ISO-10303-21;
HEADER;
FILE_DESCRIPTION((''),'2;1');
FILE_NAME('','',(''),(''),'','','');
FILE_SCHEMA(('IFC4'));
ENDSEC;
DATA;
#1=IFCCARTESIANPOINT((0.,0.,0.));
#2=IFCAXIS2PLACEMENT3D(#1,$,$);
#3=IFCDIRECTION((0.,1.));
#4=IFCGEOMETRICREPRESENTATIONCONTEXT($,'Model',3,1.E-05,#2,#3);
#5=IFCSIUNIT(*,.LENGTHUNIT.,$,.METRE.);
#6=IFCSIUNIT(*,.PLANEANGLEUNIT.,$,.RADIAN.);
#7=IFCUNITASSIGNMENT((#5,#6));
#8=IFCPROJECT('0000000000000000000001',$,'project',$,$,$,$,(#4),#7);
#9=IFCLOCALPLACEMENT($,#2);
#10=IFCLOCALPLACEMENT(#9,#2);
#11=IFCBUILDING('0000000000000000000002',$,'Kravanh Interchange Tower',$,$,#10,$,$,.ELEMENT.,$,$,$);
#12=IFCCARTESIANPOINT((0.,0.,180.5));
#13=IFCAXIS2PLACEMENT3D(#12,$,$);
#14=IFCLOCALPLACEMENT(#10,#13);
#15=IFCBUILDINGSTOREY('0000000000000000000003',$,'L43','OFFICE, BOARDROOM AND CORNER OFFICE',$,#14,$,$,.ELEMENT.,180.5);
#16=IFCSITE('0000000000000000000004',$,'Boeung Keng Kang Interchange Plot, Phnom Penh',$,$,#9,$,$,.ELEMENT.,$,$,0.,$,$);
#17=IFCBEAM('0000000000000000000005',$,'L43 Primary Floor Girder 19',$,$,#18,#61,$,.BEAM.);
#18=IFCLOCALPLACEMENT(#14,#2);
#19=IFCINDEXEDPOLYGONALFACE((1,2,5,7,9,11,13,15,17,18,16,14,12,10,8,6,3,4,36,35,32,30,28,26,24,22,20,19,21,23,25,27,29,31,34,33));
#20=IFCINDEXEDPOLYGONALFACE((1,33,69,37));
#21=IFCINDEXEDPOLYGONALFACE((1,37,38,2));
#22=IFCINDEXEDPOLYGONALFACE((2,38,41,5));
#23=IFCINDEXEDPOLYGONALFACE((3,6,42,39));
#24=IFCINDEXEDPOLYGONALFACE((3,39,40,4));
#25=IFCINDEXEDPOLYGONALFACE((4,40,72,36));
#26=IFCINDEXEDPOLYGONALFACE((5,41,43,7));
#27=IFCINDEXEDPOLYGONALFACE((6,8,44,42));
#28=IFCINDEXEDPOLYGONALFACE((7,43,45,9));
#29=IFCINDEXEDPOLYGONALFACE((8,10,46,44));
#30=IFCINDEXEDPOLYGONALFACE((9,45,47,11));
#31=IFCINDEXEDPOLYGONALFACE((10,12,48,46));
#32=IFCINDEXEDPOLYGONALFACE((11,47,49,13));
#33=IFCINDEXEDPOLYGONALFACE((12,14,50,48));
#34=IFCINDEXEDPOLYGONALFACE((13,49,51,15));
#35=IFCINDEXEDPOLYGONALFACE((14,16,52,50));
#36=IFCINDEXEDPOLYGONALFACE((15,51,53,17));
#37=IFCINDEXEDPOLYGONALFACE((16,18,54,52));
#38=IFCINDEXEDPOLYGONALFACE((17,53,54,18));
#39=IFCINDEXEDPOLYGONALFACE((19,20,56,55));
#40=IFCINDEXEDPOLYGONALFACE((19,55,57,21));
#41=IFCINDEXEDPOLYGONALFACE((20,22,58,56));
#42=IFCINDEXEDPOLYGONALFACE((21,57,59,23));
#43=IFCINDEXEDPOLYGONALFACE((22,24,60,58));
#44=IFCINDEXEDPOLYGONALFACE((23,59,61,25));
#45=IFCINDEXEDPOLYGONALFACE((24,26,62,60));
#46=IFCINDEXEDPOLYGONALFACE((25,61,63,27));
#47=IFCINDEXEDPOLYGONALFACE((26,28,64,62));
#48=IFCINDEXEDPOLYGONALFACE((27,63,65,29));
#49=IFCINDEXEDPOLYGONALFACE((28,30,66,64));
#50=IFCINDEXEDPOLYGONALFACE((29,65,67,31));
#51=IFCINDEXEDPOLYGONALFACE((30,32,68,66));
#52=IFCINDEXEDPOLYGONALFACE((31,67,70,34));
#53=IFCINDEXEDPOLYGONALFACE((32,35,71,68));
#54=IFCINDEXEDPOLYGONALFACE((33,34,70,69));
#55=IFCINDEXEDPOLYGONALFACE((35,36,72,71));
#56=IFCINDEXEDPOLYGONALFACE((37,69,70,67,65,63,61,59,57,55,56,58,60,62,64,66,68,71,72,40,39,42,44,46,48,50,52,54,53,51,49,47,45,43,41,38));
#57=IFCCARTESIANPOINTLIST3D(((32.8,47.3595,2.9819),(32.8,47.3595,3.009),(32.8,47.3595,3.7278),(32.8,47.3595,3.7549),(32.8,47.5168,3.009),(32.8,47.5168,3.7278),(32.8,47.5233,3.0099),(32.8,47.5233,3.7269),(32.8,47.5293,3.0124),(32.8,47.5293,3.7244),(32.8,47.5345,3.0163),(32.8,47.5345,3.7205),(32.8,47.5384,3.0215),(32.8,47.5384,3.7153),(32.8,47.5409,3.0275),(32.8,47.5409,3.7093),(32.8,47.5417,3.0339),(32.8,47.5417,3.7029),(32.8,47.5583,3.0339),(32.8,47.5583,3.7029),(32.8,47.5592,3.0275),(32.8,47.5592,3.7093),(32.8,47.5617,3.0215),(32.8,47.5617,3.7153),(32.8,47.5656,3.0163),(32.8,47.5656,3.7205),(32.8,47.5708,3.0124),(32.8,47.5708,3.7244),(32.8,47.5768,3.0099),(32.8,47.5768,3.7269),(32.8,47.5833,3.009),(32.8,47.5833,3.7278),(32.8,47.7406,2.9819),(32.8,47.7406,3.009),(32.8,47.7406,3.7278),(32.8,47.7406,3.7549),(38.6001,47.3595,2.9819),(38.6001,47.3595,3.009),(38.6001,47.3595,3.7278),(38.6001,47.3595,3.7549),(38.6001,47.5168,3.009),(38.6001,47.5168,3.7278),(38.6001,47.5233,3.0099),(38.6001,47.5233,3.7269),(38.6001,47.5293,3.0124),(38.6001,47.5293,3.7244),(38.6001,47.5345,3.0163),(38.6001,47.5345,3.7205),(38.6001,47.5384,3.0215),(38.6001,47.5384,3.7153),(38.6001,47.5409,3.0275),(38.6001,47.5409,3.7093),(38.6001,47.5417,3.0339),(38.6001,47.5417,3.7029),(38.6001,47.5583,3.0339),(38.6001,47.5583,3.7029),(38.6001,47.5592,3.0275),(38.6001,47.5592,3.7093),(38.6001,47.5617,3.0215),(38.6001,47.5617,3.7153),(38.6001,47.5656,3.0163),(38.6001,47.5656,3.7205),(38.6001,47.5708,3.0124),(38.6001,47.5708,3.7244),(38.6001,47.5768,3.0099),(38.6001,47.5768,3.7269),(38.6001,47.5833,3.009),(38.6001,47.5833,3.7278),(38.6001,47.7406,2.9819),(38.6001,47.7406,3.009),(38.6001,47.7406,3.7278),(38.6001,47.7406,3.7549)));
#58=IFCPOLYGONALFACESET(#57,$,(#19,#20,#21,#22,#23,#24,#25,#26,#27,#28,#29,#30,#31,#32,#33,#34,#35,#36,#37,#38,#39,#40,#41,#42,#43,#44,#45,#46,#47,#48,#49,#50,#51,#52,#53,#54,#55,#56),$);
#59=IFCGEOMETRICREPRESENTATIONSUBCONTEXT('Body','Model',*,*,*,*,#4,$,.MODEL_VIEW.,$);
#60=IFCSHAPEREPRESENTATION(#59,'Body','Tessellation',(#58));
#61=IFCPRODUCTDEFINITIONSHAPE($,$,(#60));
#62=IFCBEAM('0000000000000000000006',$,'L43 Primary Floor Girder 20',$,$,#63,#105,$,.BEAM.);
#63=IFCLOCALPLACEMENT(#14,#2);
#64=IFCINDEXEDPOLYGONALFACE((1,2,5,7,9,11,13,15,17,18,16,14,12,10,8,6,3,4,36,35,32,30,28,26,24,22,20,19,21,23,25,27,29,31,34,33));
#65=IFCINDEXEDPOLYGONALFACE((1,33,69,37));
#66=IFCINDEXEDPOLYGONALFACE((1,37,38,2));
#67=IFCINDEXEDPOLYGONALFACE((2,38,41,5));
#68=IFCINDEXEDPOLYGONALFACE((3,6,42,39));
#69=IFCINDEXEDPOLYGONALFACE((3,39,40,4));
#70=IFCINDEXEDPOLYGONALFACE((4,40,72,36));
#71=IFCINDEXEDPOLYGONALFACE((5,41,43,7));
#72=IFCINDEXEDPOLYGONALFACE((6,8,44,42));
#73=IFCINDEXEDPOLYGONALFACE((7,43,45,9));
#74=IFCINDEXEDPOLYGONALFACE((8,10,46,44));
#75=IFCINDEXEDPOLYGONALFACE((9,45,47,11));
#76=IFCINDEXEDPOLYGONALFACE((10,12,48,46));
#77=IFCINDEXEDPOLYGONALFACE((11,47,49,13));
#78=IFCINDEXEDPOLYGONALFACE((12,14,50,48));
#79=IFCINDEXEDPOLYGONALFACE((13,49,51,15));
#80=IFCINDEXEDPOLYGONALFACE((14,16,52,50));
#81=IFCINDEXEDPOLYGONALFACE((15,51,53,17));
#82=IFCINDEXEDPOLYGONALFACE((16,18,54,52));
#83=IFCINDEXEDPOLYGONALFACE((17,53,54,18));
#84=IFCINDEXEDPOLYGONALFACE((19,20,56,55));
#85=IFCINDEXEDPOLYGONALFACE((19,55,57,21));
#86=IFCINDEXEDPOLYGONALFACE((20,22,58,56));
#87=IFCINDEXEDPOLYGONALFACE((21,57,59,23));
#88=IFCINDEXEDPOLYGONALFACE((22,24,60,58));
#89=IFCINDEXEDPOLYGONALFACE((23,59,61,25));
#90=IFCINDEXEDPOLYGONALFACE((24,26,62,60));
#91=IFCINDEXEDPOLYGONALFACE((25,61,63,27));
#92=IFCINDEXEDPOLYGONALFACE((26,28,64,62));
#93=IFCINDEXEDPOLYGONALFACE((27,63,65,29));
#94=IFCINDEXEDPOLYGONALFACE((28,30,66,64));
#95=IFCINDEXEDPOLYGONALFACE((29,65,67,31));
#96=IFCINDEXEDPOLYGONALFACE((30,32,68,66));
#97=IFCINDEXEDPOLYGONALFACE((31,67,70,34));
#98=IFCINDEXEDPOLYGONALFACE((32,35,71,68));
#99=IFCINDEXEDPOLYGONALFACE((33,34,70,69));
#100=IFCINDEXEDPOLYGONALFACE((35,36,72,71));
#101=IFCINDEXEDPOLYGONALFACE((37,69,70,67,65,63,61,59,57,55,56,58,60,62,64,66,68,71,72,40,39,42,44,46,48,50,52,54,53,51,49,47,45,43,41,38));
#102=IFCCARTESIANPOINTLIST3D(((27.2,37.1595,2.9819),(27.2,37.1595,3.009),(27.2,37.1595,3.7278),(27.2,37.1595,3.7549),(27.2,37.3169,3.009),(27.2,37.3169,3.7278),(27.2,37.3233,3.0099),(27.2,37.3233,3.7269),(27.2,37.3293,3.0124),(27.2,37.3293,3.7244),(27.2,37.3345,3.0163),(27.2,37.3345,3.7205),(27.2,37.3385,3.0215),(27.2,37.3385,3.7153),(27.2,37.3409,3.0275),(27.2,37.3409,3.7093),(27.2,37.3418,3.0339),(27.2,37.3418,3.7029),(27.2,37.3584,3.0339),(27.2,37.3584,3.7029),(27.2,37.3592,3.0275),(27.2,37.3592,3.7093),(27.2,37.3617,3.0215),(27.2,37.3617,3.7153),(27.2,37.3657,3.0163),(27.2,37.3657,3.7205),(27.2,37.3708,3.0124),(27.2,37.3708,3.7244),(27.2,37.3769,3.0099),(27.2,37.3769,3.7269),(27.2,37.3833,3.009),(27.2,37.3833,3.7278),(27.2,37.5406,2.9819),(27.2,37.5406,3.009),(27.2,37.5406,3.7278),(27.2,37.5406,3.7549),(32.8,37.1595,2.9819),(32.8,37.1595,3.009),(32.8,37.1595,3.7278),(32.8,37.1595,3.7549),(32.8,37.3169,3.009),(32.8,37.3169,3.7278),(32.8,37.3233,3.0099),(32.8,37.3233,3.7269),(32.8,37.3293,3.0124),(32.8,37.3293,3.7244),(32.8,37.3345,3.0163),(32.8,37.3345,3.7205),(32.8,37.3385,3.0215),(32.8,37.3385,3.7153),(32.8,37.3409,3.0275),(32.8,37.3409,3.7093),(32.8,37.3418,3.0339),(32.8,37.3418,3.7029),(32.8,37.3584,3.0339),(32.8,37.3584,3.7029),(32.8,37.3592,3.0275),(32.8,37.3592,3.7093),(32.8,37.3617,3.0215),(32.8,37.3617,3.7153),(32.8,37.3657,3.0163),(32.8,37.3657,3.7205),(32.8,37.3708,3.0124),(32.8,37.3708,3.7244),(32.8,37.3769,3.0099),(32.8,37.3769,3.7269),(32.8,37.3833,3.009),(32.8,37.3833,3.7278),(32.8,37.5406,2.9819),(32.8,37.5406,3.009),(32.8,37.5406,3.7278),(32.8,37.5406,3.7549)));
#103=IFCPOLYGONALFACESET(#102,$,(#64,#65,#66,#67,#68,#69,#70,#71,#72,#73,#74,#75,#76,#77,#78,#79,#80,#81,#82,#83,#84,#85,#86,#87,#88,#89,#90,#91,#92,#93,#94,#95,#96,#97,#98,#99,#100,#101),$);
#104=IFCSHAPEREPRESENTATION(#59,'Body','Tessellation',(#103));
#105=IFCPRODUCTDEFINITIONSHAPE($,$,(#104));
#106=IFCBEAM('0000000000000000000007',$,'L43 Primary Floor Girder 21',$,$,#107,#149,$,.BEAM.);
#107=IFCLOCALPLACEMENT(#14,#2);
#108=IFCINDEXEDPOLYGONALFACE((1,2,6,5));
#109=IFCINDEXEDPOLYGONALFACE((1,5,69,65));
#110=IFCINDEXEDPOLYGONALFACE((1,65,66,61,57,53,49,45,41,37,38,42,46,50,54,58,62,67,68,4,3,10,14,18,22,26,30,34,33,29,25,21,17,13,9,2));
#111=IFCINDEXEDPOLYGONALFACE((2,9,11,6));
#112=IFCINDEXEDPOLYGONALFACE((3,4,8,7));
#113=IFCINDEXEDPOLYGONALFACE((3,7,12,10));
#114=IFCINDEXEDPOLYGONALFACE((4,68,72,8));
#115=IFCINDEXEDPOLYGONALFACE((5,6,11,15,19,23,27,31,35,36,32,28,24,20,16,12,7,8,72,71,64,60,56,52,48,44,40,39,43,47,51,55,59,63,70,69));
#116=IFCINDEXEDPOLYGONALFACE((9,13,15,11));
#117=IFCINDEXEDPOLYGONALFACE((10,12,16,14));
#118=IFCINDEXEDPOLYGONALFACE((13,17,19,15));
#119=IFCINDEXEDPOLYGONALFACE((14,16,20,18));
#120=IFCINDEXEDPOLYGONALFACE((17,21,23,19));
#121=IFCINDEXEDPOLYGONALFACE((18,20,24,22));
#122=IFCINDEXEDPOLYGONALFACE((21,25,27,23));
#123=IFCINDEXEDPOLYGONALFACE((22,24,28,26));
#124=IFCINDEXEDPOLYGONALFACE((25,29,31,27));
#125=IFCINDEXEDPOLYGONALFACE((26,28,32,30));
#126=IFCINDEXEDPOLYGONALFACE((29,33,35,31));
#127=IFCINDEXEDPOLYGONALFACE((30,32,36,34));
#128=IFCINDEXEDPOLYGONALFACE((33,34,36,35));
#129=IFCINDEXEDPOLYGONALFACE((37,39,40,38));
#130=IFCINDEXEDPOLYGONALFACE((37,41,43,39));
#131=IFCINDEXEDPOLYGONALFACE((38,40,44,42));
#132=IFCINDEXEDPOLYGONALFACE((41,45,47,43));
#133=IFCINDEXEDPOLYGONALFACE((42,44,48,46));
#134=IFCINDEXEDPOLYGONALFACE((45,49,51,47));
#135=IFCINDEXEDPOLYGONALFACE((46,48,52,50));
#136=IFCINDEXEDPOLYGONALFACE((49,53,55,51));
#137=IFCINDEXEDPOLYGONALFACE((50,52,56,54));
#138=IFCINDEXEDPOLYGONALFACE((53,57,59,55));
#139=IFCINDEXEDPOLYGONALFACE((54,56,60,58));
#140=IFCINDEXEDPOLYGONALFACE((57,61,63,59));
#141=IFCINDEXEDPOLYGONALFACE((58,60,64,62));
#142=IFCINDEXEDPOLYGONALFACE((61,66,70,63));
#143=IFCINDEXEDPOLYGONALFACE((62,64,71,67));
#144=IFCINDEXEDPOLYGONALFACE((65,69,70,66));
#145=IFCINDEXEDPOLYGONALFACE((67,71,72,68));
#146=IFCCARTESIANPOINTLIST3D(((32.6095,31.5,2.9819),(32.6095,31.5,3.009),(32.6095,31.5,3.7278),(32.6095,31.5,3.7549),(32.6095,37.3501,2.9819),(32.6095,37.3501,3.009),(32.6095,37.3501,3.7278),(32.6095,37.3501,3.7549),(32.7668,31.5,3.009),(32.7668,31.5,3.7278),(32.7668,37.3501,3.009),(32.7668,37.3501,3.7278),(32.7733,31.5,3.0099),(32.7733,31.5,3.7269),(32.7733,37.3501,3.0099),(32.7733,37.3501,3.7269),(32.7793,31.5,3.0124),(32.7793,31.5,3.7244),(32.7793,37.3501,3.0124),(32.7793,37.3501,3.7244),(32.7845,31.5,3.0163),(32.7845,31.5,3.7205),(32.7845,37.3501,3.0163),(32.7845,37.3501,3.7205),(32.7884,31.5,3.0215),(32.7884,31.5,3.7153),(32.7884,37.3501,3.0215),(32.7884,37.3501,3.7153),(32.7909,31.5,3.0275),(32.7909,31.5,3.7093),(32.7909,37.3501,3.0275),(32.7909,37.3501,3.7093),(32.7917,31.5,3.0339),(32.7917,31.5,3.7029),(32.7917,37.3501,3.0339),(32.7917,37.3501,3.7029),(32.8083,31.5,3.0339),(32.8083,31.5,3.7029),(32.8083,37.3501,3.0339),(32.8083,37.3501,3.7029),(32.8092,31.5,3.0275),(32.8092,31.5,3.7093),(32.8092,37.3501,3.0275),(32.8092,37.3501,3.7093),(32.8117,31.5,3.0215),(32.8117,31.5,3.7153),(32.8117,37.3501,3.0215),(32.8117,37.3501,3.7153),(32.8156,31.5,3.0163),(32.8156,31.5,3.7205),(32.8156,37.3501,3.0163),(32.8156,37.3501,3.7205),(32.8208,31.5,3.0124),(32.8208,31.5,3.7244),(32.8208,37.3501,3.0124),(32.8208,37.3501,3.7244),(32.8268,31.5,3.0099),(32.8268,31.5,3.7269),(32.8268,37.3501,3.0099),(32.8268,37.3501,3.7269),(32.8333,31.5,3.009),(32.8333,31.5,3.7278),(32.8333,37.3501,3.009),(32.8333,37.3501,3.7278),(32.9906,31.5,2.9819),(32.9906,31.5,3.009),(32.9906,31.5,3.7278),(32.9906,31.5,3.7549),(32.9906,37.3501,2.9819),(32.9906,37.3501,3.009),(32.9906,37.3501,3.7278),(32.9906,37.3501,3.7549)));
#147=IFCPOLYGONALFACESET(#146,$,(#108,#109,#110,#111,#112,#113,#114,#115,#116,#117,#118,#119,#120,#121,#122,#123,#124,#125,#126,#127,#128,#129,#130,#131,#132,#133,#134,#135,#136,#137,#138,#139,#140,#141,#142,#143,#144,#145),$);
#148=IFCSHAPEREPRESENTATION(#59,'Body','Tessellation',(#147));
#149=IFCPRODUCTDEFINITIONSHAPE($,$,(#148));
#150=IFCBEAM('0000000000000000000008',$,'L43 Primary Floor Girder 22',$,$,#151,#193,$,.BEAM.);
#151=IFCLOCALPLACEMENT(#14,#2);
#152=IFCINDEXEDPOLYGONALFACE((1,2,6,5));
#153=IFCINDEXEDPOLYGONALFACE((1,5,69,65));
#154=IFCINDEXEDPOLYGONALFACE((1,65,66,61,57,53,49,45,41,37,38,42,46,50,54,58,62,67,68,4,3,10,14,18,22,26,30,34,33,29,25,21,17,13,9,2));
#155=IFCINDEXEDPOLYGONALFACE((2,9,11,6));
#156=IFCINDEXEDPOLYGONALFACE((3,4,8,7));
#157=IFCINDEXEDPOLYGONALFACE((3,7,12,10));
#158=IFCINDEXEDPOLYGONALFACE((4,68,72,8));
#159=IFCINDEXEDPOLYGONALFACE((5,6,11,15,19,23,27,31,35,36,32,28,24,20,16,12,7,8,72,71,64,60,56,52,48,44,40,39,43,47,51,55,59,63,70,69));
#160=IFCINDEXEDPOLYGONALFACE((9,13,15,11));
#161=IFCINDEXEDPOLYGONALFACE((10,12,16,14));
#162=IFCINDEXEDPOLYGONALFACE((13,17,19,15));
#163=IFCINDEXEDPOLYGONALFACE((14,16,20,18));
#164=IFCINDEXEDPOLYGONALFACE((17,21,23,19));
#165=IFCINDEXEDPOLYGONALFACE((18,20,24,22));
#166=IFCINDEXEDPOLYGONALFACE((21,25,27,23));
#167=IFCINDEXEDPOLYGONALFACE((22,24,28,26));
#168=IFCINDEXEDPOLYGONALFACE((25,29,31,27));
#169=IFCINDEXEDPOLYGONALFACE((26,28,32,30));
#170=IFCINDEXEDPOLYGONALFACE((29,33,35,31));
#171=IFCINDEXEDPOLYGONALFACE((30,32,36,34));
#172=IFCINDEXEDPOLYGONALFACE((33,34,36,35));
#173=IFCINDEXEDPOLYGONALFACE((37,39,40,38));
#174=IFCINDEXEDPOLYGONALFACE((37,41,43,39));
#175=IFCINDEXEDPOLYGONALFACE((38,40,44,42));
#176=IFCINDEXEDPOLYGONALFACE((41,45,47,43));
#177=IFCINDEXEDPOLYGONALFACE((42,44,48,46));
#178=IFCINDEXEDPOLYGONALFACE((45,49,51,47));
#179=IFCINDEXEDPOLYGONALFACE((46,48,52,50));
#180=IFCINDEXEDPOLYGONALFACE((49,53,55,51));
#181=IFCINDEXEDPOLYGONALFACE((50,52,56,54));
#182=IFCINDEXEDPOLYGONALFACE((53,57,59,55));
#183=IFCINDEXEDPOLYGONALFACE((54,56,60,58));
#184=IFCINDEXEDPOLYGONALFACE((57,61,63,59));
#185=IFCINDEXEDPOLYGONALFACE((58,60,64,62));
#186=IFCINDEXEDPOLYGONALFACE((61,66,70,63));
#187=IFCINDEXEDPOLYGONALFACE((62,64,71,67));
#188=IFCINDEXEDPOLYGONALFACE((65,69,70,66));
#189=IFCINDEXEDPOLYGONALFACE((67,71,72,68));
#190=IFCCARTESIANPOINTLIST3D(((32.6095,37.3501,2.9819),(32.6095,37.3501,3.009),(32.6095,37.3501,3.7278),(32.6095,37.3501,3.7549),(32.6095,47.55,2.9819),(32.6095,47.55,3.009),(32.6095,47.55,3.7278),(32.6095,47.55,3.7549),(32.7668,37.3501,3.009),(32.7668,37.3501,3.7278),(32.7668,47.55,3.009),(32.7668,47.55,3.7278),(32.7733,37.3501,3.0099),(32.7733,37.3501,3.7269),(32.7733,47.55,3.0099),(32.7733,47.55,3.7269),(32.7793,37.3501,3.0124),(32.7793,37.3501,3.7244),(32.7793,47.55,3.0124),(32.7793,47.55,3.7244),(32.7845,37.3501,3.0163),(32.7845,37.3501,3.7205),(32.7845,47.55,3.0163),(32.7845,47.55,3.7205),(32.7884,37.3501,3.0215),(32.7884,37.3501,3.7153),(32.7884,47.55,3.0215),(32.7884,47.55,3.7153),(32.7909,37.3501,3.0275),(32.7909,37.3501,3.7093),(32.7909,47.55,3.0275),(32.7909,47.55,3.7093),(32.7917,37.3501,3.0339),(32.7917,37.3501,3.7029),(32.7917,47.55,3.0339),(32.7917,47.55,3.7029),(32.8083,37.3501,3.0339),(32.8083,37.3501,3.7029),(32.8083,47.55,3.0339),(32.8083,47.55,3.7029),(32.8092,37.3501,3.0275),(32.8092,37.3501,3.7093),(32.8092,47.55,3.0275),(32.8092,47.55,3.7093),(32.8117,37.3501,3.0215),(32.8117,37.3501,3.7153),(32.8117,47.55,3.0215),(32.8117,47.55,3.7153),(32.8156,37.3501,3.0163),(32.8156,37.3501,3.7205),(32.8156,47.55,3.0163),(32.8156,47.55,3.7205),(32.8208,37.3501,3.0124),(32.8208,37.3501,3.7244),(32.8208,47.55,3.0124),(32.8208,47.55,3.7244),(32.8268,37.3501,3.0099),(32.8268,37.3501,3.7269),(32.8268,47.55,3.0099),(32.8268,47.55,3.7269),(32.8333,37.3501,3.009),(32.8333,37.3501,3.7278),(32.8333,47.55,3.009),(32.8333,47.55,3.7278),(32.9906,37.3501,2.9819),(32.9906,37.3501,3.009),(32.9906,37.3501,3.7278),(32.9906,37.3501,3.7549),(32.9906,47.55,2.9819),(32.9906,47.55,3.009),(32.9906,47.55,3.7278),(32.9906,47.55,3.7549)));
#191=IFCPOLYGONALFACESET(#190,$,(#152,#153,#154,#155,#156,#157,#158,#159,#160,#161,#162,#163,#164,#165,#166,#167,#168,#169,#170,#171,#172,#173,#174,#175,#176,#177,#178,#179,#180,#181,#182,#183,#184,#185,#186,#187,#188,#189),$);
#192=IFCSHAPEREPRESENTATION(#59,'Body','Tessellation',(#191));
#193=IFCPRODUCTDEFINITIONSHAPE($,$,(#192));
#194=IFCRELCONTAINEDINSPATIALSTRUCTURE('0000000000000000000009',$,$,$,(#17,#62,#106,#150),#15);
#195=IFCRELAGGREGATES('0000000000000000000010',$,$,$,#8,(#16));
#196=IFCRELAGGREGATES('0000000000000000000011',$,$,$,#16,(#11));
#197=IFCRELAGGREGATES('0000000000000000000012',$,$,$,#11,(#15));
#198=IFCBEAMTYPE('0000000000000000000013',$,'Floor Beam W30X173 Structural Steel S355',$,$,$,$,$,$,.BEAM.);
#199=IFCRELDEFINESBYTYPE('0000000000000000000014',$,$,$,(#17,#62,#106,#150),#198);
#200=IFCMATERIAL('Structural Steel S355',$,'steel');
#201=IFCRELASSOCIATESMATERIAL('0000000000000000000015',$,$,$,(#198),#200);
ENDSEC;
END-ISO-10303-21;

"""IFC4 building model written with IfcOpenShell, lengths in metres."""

from ifc_helpers import new_model, si_unit, direction, frame, origin, origin_2d, place, context, subcontext, project, spatial, i_section, extrude, material, material_profile, profile_set, type_object, element, save


model = new_model("IFC4")

# Units and contexts
model_context = context("Model", 3, precision=1e-05, world=origin(), true_north=direction((0.0, 1.0)))
body_context = subcontext(model_context, "Body", "Model", "MODEL_VIEW")
ifc_project = project(units=[si_unit("LENGTHUNIT", "METRE"), si_unit("PLANEANGLEUNIT", "RADIAN")], contexts=[model_context])

# Site, building, storey
site_placement = place(None, origin())
site = spatial("IfcSite", under=ifc_project, at=site_placement, Name="Boeung Keng Kang Interchange Plot, Phnom Penh", CompositionType="ELEMENT", RefElevation=0.0)
building_placement = place(site_placement, origin())
building = spatial("IfcBuilding", under=site, at=building_placement, Name="Kravanh Interchange Tower", CompositionType="ELEMENT")
storey_placement = place(building_placement, frame((0.0, 0.0, 180.5)))
storey = spatial("IfcBuildingStorey", under=building, at=storey_placement, Name="L43", Description="OFFICE, BOARDROOM AND CORNER OFFICE", CompositionType="ELEMENT", Elevation=180.5)

# Beams
ifc_material_1 = material(Name="Structural Steel S355", Category="steel")
ifc_material_profile_1 = material_profile(ifc_material_1, i_section(OverallWidth=0.3811, OverallDepth=0.7729, WebThickness=0.0166, FlangeThickness=0.0271, FilletRadius=0.0249, at=origin_2d()), Name="W30X173")
ifc_profile_set_1 = profile_set([ifc_material_profile_1], Name="Structural Steel S355")
beam_type = type_object("IfcBeamType", Name="Floor Beam W30X173 Structural Steel S355", PredefinedType="BEAM", material=ifc_profile_set_1)
beam_1_placement = place(storey_placement, frame((38.6001, 47.55, 3.3684), z_axis=(-1.0, 0.0, 0.0), x_axis=(0.0, -1.0, 0.0)))
element("IfcBeam", 1, at=beam_1_placement, inside=storey, type_object=beam_type, Name="L43 Primary Floor Girder 19", PredefinedType="BEAM", context=body_context, shape_type="SweptSolid", body=[
    extrude(i_section(OverallWidth=0.3811, OverallDepth=0.7729, WebThickness=0.0166, FlangeThickness=0.0271, FilletRadius=0.0249, at=origin_2d()), origin(), (0.0, 0.0, 1.0), 5.8),
])
beam_2_placement = place(storey_placement, frame((32.8, 37.3501, 3.3684), z_axis=(-1.0, 0.0, 0.0), x_axis=(0.0, -1.0, 0.0)))
element("IfcBeam", 2, at=beam_2_placement, inside=storey, type_object=beam_type, Name="L43 Primary Floor Girder 20", PredefinedType="BEAM", context=body_context, shape_type="SweptSolid", body=[
    extrude(i_section(OverallWidth=0.3811, OverallDepth=0.7729, WebThickness=0.0166, FlangeThickness=0.0271, FilletRadius=0.0249, at=origin_2d()), origin(), (0.0, 0.0, 1.0), 5.6001),
])
beam_3_placement = place(storey_placement, frame((32.8, 37.3501, 3.3684), z_axis=(0.0, -1.0, 0.0), x_axis=(1.0, 0.0, 0.0)))
element("IfcBeam", 3, at=beam_3_placement, inside=storey, type_object=beam_type, Name="L43 Primary Floor Girder 21", PredefinedType="BEAM", context=body_context, shape_type="SweptSolid", body=[
    extrude(i_section(OverallWidth=0.3811, OverallDepth=0.7729, WebThickness=0.0166, FlangeThickness=0.0271, FilletRadius=0.0249, at=origin_2d()), origin(), (0.0, 0.0, 1.0), 5.8501),
])
beam_4_placement = place(storey_placement, frame((32.8, 37.3501, 3.3684), z_axis=(0.0, 1.0, 0.0), x_axis=(-1.0, 0.0, 0.0)))
element("IfcBeam", 4, at=beam_4_placement, inside=storey, type_object=beam_type, Name="L43 Primary Floor Girder 22", PredefinedType="BEAM", context=body_context, shape_type="SweptSolid", body=[
    extrude(i_section(OverallWidth=0.3811, OverallDepth=0.7729, WebThickness=0.0166, FlangeThickness=0.0271, FilletRadius=0.0249, at=origin_2d()), origin(), (0.0, 0.0, 1.0), 10.2),
])

save(model, "model.ifc")
